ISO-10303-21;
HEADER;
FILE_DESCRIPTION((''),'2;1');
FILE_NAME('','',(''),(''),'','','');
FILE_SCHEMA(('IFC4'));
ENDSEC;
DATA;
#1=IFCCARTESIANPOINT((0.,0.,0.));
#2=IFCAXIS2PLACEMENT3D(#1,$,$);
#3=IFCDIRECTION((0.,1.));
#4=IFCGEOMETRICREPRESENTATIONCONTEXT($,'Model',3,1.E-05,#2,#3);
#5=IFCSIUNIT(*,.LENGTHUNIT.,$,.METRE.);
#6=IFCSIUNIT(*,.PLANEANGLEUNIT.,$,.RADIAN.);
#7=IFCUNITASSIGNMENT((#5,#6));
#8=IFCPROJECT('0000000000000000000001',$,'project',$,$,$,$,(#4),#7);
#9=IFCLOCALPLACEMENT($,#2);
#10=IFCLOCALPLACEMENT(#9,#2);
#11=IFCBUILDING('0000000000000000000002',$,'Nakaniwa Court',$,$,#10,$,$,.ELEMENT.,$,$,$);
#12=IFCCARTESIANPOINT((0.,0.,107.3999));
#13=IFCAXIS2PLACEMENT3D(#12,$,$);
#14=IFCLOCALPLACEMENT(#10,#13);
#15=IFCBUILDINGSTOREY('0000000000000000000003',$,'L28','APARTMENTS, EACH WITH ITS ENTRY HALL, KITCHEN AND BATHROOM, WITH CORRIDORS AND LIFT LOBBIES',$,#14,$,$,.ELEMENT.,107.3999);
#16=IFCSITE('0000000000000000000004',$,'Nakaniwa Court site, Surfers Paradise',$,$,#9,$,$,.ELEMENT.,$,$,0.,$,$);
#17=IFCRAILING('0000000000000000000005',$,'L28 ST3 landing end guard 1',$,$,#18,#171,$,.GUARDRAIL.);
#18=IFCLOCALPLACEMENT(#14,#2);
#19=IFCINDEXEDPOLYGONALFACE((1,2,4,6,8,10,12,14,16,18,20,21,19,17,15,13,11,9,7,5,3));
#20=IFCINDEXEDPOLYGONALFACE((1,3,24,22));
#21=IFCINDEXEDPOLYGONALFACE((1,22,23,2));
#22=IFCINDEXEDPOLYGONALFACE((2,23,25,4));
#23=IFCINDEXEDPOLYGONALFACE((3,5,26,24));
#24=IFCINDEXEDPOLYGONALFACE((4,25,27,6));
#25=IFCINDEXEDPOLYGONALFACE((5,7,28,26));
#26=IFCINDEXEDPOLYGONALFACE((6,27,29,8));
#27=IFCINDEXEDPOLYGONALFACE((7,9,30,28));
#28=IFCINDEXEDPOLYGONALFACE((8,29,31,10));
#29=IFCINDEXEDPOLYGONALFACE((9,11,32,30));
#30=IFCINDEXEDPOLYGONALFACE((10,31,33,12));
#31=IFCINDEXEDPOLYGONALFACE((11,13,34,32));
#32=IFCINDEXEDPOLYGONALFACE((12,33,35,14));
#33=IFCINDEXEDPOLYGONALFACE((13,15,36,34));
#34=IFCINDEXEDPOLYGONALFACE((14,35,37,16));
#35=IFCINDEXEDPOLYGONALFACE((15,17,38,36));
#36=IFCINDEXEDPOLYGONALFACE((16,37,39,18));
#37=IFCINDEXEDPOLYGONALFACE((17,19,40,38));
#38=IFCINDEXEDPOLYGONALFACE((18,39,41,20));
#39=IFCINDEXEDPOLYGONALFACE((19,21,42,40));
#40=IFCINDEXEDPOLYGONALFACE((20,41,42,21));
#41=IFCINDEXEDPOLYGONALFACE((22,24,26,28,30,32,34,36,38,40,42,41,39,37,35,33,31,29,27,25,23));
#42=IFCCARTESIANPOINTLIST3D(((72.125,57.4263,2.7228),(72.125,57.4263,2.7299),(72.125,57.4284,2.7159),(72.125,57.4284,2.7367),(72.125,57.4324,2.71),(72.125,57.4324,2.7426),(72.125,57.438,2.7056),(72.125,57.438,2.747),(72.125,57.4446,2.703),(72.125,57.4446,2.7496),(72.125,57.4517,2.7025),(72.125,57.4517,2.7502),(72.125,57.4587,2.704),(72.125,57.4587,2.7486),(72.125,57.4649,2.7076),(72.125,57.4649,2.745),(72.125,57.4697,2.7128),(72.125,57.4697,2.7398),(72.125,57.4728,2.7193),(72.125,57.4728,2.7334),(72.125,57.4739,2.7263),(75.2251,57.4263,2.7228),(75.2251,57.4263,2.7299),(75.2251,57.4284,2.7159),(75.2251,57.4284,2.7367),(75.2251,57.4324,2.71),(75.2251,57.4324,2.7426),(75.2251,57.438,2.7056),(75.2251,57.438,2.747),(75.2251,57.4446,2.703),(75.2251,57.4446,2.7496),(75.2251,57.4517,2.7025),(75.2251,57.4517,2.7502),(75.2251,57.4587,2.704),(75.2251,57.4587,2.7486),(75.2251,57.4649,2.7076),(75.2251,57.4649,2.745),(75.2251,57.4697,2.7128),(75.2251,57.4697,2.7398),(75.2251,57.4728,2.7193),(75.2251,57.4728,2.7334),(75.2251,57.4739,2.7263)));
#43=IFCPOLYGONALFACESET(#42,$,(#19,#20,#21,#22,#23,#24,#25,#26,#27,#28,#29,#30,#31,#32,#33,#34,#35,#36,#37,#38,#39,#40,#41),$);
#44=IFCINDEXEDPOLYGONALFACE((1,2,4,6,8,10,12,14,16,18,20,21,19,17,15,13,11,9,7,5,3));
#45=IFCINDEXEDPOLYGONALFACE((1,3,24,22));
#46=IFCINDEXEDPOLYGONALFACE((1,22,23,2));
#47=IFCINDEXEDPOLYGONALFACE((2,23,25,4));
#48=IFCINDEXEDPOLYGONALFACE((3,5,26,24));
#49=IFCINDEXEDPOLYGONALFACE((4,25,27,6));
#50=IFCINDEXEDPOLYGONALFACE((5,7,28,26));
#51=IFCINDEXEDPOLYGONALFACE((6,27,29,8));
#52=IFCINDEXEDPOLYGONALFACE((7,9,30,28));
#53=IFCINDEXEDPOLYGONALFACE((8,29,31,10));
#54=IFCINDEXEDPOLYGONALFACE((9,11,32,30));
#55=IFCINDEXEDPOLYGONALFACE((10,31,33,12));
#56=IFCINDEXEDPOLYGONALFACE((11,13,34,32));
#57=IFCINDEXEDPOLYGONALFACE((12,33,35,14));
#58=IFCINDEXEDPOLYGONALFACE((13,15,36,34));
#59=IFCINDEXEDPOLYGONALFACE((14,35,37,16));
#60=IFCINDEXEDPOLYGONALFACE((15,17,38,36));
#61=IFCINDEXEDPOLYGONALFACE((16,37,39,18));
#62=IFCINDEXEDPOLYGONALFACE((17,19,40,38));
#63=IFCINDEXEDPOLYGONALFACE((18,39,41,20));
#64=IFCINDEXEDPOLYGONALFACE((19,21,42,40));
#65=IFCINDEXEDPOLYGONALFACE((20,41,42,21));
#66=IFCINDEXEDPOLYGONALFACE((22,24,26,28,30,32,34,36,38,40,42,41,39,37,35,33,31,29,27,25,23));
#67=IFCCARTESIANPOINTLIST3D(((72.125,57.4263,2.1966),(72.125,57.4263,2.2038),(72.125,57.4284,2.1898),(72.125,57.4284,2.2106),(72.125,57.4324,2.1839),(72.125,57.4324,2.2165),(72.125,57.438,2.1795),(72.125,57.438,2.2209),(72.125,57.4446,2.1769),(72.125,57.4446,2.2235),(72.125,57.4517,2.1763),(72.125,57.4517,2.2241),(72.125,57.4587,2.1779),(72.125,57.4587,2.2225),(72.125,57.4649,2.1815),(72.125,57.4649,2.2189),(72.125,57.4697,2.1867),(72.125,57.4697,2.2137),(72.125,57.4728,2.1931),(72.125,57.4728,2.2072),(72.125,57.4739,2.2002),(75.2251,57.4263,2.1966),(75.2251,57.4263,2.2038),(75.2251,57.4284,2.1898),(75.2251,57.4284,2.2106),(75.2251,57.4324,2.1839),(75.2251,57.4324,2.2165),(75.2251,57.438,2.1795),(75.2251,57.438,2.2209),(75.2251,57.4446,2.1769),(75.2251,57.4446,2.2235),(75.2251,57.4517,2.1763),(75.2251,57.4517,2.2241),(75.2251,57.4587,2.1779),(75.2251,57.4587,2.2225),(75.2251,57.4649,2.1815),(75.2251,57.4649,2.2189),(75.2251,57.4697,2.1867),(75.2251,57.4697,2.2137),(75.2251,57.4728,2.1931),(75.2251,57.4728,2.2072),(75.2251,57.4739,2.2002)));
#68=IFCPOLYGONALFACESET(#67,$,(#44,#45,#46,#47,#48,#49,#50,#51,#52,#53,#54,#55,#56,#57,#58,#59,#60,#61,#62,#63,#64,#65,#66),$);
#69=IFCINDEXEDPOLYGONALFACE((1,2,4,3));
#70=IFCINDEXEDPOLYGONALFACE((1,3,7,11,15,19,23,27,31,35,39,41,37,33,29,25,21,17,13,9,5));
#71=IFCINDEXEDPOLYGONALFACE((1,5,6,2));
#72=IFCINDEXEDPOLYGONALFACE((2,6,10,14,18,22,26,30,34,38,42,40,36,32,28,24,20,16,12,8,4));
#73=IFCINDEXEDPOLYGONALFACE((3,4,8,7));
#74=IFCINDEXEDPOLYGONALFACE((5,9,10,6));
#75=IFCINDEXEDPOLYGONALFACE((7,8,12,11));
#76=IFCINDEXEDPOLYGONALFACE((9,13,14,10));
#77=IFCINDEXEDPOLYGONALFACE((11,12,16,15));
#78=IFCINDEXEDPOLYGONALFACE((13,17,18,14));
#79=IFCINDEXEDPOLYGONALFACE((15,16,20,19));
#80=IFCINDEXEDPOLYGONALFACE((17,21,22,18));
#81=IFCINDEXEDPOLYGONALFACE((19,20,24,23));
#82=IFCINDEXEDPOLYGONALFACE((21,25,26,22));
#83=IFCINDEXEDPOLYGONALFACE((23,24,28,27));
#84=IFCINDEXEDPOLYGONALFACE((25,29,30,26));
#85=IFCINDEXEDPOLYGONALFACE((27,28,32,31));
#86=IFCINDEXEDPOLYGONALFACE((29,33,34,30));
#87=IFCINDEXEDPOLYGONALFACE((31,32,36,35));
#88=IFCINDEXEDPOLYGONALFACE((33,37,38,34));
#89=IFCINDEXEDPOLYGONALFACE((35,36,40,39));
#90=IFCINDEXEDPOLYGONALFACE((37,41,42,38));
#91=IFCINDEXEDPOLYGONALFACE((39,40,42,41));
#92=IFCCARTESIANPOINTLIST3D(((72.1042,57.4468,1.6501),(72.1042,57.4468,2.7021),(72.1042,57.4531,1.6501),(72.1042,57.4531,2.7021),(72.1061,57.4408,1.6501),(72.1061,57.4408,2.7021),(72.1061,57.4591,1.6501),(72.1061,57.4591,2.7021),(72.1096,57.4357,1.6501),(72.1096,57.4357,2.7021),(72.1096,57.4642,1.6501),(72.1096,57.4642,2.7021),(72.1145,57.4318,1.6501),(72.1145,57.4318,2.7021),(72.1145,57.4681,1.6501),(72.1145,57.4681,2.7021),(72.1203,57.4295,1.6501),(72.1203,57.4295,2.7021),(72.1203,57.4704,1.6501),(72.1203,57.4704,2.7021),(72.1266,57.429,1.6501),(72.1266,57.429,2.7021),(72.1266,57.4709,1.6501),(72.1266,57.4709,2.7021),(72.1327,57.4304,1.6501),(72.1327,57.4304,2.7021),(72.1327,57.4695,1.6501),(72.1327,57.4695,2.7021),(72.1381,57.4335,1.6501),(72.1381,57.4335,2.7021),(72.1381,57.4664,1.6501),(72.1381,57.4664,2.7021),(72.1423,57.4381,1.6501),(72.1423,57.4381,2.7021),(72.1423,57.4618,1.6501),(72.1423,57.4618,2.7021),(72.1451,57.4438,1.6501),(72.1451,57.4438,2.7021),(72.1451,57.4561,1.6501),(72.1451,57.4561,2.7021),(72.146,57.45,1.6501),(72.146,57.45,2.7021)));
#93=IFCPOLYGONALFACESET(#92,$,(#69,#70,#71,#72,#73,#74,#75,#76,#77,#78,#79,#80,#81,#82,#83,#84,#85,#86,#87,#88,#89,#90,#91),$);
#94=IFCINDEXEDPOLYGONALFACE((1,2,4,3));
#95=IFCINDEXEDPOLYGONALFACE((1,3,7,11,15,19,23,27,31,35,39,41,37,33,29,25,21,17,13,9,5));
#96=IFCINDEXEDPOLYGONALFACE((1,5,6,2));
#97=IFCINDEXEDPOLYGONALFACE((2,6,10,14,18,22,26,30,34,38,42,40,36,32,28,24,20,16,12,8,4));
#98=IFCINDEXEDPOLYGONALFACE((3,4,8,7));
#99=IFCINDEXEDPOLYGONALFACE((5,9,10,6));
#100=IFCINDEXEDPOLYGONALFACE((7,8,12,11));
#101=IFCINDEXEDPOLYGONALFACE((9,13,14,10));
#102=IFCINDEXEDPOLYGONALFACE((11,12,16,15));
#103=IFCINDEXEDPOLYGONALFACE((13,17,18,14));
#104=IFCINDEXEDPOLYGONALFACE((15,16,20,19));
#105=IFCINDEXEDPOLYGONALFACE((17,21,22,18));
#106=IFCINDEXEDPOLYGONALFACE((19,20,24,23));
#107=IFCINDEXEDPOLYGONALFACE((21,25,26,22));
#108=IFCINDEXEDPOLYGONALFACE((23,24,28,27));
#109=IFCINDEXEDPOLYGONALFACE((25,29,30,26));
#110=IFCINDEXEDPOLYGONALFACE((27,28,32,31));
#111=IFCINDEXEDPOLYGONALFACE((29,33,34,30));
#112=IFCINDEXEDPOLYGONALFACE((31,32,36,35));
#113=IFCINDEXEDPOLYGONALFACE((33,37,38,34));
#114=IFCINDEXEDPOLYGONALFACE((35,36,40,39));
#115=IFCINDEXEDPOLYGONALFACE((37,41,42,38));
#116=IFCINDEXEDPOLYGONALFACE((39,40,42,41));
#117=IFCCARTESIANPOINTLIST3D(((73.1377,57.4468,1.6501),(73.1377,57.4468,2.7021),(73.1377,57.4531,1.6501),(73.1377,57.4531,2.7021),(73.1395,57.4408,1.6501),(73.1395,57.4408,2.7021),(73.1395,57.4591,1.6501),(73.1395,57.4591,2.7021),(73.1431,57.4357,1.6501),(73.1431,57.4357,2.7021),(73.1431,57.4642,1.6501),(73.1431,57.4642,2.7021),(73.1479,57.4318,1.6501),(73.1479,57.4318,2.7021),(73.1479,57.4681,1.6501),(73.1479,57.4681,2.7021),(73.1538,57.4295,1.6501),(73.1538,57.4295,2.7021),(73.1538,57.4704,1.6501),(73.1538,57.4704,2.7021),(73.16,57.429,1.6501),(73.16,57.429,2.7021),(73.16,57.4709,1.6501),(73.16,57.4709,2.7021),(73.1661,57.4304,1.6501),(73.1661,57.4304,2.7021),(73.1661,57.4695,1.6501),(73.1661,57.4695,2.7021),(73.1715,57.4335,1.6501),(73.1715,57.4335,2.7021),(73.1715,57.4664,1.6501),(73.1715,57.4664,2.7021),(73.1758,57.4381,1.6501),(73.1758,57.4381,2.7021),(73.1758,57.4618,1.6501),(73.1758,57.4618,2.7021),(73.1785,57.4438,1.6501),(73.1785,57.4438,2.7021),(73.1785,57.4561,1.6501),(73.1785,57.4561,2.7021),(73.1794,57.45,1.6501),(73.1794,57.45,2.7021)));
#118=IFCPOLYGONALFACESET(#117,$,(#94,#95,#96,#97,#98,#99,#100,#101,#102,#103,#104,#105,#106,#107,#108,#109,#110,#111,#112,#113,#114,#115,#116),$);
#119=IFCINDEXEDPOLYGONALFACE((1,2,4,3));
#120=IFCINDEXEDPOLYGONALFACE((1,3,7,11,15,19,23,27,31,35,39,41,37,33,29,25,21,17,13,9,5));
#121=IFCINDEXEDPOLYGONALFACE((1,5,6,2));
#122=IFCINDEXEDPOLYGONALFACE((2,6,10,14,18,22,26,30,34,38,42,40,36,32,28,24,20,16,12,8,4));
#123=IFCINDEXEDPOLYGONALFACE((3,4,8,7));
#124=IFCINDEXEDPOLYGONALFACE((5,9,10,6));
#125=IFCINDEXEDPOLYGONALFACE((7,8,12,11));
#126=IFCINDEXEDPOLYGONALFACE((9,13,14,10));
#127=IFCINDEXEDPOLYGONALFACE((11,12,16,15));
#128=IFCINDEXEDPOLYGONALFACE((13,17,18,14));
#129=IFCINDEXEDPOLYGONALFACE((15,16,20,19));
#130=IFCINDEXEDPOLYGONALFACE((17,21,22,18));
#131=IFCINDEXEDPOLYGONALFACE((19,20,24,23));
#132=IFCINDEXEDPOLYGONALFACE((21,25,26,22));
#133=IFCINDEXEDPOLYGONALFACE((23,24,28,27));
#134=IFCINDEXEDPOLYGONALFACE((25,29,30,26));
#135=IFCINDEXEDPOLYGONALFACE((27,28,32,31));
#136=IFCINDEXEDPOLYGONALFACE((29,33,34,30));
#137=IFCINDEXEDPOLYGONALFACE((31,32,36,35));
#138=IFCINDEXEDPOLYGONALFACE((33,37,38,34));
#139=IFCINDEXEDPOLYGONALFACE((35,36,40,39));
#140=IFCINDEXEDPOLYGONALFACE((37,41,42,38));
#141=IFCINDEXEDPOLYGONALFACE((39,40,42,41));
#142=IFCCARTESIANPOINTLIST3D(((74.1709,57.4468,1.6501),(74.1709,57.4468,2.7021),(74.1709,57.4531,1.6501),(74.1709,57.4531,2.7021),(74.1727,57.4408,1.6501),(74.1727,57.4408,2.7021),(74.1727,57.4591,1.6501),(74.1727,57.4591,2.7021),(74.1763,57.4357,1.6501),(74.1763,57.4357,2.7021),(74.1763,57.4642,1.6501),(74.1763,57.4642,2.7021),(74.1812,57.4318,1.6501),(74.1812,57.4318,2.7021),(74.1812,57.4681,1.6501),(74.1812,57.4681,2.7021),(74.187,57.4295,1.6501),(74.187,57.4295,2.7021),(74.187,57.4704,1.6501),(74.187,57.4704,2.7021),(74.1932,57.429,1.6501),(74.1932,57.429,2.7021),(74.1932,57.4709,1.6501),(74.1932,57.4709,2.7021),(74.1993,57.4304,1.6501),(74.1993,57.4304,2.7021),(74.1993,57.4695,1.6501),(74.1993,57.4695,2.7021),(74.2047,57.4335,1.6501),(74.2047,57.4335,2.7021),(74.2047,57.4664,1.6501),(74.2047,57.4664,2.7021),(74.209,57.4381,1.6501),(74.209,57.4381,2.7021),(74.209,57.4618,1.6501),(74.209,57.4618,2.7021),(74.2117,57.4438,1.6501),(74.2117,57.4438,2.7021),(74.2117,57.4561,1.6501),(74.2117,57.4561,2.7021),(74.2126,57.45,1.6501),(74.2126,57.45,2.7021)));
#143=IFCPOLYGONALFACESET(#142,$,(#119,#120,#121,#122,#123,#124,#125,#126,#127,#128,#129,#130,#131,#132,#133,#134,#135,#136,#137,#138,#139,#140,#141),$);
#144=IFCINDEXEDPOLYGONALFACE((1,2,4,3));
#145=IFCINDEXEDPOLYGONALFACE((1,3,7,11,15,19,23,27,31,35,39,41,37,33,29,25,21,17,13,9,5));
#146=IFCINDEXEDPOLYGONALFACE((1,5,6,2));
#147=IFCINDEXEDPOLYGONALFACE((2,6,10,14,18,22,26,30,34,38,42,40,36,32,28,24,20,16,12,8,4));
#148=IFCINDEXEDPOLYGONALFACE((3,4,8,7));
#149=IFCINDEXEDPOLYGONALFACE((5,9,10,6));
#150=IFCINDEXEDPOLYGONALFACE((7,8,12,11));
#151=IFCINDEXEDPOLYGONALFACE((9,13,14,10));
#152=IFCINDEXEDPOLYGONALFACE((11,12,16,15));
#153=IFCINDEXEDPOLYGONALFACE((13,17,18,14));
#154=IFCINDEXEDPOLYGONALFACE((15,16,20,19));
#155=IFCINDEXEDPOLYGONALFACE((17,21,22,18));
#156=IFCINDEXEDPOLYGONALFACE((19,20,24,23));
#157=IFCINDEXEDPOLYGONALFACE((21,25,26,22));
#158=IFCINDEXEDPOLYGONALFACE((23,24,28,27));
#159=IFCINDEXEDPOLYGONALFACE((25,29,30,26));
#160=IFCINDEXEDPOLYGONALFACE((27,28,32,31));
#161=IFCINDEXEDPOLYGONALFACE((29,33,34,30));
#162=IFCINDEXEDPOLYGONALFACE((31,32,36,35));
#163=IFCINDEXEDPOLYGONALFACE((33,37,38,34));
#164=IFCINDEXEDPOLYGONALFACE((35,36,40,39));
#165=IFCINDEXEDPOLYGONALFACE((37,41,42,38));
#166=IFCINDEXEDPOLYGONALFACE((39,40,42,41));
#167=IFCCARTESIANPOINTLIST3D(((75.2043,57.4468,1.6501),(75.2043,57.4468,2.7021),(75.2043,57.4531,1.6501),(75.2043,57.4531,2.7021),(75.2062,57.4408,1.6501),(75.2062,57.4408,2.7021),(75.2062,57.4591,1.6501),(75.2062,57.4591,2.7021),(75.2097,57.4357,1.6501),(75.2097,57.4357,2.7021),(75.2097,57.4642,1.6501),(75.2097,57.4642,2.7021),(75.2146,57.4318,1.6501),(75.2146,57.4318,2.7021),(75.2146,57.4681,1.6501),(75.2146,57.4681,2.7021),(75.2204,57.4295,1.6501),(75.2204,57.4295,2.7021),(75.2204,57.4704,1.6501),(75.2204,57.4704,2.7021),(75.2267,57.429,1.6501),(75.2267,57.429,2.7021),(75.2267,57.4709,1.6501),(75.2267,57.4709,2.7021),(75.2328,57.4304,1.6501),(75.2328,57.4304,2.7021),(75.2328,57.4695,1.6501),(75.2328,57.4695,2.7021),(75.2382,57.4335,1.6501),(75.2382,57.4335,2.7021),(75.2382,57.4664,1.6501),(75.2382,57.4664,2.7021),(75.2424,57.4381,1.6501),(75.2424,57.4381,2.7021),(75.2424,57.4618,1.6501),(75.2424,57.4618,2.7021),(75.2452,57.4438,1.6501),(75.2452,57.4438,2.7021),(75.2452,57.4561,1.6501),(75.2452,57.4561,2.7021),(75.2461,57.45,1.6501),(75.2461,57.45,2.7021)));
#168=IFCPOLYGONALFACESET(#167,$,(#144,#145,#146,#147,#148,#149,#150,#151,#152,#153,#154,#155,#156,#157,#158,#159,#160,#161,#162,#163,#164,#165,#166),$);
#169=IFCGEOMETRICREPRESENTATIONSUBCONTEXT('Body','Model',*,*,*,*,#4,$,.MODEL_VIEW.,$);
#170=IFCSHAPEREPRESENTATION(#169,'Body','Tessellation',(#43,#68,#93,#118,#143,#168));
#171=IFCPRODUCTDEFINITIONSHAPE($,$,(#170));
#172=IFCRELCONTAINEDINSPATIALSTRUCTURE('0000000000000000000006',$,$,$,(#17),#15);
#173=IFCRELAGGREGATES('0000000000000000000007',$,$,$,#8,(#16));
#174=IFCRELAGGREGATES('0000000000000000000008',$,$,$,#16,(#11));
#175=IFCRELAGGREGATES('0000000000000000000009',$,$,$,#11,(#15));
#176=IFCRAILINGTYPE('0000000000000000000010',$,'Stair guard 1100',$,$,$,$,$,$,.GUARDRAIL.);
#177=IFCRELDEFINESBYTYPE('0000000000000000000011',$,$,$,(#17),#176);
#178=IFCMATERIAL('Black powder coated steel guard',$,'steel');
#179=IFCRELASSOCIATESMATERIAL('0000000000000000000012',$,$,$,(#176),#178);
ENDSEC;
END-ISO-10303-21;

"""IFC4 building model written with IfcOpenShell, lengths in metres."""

from ifc_helpers import new_model, si_unit, direction, frame, origin, origin_2d, place, context, subcontext, project, spatial, circle, extrude, material, type_object, element, save


model = new_model("IFC4")

# Units and contexts
model_context = context("Model", 3, precision=1e-05, world=origin(), true_north=direction((0.0, 1.0)))
body_context = subcontext(model_context, "Body", "Model", "MODEL_VIEW")
ifc_project = project(units=[si_unit("LENGTHUNIT", "METRE"), si_unit("PLANEANGLEUNIT", "RADIAN")], contexts=[model_context])

# Site, building, storey
site_placement = place(None, origin())
site = spatial("IfcSite", under=ifc_project, at=site_placement, Name="Nakaniwa Court site, Surfers Paradise", CompositionType="ELEMENT", RefElevation=0.0)
building_placement = place(site_placement, origin())
building = spatial("IfcBuilding", under=site, at=building_placement, Name="Nakaniwa Court", CompositionType="ELEMENT")
storey_placement = place(building_placement, frame((0.0, 0.0, 107.3999)))
storey = spatial("IfcBuildingStorey", under=building, at=storey_placement, Name="L28", Description="APARTMENTS, EACH WITH ITS ENTRY HALL, KITCHEN AND BATHROOM, WITH CORRIDORS AND LIFT LOBBIES", CompositionType="ELEMENT", Elevation=107.3999)

# Railing
ifc_material_1 = material(Name="Black powder coated steel guard", Category="steel")
railing_type_1 = type_object("IfcRailingType", Name="Stair guard 1100", PredefinedType="GUARDRAIL", material=ifc_material_1)
railing_1_placement = place(storey_placement, frame((72.125, 57.45, 1.6501)))
element("IfcRailing", 1, at=railing_1_placement, inside=storey, type_object=railing_type_1, Name="L28 ST3 landing end guard 1", PredefinedType="GUARDRAIL", context=body_context, shape_type="SweptSolid", body=[
    extrude(circle(Radius=0.0239, at=origin_2d()), frame((0.0, 0.0, 1.0762), z_axis=(1.0, 0.0, 0.0), x_axis=(0.0, 1.0, 0.0)), (0.0, 0.0, 1.0), 3.1001),
    extrude(circle(Radius=0.0239, at=origin_2d()), frame((0.0, 0.0, 0.55), z_axis=(1.0, 0.0, 0.0), x_axis=(0.0, 1.0, 0.0)), (0.0, 0.0, 1.0), 3.1001),
    extrude(circle(Radius=0.021, at=origin_2d()), origin(), (0.0, 0.0, 1.0), 1.052),
    extrude(circle(Radius=0.021, at=origin_2d()), frame((1.0334, 0.0, 0.0)), (0.0, 0.0, 1.0), 1.052),
    extrude(circle(Radius=0.021, at=origin_2d()), frame((2.0667, 0.0, 0.0)), (0.0, 0.0, 1.0), 1.052),
    extrude(circle(Radius=0.021, at=origin_2d()), frame((3.1001, 0.0, 0.0)), (0.0, 0.0, 1.0), 1.052),
])

save(model, "model.ifc")
